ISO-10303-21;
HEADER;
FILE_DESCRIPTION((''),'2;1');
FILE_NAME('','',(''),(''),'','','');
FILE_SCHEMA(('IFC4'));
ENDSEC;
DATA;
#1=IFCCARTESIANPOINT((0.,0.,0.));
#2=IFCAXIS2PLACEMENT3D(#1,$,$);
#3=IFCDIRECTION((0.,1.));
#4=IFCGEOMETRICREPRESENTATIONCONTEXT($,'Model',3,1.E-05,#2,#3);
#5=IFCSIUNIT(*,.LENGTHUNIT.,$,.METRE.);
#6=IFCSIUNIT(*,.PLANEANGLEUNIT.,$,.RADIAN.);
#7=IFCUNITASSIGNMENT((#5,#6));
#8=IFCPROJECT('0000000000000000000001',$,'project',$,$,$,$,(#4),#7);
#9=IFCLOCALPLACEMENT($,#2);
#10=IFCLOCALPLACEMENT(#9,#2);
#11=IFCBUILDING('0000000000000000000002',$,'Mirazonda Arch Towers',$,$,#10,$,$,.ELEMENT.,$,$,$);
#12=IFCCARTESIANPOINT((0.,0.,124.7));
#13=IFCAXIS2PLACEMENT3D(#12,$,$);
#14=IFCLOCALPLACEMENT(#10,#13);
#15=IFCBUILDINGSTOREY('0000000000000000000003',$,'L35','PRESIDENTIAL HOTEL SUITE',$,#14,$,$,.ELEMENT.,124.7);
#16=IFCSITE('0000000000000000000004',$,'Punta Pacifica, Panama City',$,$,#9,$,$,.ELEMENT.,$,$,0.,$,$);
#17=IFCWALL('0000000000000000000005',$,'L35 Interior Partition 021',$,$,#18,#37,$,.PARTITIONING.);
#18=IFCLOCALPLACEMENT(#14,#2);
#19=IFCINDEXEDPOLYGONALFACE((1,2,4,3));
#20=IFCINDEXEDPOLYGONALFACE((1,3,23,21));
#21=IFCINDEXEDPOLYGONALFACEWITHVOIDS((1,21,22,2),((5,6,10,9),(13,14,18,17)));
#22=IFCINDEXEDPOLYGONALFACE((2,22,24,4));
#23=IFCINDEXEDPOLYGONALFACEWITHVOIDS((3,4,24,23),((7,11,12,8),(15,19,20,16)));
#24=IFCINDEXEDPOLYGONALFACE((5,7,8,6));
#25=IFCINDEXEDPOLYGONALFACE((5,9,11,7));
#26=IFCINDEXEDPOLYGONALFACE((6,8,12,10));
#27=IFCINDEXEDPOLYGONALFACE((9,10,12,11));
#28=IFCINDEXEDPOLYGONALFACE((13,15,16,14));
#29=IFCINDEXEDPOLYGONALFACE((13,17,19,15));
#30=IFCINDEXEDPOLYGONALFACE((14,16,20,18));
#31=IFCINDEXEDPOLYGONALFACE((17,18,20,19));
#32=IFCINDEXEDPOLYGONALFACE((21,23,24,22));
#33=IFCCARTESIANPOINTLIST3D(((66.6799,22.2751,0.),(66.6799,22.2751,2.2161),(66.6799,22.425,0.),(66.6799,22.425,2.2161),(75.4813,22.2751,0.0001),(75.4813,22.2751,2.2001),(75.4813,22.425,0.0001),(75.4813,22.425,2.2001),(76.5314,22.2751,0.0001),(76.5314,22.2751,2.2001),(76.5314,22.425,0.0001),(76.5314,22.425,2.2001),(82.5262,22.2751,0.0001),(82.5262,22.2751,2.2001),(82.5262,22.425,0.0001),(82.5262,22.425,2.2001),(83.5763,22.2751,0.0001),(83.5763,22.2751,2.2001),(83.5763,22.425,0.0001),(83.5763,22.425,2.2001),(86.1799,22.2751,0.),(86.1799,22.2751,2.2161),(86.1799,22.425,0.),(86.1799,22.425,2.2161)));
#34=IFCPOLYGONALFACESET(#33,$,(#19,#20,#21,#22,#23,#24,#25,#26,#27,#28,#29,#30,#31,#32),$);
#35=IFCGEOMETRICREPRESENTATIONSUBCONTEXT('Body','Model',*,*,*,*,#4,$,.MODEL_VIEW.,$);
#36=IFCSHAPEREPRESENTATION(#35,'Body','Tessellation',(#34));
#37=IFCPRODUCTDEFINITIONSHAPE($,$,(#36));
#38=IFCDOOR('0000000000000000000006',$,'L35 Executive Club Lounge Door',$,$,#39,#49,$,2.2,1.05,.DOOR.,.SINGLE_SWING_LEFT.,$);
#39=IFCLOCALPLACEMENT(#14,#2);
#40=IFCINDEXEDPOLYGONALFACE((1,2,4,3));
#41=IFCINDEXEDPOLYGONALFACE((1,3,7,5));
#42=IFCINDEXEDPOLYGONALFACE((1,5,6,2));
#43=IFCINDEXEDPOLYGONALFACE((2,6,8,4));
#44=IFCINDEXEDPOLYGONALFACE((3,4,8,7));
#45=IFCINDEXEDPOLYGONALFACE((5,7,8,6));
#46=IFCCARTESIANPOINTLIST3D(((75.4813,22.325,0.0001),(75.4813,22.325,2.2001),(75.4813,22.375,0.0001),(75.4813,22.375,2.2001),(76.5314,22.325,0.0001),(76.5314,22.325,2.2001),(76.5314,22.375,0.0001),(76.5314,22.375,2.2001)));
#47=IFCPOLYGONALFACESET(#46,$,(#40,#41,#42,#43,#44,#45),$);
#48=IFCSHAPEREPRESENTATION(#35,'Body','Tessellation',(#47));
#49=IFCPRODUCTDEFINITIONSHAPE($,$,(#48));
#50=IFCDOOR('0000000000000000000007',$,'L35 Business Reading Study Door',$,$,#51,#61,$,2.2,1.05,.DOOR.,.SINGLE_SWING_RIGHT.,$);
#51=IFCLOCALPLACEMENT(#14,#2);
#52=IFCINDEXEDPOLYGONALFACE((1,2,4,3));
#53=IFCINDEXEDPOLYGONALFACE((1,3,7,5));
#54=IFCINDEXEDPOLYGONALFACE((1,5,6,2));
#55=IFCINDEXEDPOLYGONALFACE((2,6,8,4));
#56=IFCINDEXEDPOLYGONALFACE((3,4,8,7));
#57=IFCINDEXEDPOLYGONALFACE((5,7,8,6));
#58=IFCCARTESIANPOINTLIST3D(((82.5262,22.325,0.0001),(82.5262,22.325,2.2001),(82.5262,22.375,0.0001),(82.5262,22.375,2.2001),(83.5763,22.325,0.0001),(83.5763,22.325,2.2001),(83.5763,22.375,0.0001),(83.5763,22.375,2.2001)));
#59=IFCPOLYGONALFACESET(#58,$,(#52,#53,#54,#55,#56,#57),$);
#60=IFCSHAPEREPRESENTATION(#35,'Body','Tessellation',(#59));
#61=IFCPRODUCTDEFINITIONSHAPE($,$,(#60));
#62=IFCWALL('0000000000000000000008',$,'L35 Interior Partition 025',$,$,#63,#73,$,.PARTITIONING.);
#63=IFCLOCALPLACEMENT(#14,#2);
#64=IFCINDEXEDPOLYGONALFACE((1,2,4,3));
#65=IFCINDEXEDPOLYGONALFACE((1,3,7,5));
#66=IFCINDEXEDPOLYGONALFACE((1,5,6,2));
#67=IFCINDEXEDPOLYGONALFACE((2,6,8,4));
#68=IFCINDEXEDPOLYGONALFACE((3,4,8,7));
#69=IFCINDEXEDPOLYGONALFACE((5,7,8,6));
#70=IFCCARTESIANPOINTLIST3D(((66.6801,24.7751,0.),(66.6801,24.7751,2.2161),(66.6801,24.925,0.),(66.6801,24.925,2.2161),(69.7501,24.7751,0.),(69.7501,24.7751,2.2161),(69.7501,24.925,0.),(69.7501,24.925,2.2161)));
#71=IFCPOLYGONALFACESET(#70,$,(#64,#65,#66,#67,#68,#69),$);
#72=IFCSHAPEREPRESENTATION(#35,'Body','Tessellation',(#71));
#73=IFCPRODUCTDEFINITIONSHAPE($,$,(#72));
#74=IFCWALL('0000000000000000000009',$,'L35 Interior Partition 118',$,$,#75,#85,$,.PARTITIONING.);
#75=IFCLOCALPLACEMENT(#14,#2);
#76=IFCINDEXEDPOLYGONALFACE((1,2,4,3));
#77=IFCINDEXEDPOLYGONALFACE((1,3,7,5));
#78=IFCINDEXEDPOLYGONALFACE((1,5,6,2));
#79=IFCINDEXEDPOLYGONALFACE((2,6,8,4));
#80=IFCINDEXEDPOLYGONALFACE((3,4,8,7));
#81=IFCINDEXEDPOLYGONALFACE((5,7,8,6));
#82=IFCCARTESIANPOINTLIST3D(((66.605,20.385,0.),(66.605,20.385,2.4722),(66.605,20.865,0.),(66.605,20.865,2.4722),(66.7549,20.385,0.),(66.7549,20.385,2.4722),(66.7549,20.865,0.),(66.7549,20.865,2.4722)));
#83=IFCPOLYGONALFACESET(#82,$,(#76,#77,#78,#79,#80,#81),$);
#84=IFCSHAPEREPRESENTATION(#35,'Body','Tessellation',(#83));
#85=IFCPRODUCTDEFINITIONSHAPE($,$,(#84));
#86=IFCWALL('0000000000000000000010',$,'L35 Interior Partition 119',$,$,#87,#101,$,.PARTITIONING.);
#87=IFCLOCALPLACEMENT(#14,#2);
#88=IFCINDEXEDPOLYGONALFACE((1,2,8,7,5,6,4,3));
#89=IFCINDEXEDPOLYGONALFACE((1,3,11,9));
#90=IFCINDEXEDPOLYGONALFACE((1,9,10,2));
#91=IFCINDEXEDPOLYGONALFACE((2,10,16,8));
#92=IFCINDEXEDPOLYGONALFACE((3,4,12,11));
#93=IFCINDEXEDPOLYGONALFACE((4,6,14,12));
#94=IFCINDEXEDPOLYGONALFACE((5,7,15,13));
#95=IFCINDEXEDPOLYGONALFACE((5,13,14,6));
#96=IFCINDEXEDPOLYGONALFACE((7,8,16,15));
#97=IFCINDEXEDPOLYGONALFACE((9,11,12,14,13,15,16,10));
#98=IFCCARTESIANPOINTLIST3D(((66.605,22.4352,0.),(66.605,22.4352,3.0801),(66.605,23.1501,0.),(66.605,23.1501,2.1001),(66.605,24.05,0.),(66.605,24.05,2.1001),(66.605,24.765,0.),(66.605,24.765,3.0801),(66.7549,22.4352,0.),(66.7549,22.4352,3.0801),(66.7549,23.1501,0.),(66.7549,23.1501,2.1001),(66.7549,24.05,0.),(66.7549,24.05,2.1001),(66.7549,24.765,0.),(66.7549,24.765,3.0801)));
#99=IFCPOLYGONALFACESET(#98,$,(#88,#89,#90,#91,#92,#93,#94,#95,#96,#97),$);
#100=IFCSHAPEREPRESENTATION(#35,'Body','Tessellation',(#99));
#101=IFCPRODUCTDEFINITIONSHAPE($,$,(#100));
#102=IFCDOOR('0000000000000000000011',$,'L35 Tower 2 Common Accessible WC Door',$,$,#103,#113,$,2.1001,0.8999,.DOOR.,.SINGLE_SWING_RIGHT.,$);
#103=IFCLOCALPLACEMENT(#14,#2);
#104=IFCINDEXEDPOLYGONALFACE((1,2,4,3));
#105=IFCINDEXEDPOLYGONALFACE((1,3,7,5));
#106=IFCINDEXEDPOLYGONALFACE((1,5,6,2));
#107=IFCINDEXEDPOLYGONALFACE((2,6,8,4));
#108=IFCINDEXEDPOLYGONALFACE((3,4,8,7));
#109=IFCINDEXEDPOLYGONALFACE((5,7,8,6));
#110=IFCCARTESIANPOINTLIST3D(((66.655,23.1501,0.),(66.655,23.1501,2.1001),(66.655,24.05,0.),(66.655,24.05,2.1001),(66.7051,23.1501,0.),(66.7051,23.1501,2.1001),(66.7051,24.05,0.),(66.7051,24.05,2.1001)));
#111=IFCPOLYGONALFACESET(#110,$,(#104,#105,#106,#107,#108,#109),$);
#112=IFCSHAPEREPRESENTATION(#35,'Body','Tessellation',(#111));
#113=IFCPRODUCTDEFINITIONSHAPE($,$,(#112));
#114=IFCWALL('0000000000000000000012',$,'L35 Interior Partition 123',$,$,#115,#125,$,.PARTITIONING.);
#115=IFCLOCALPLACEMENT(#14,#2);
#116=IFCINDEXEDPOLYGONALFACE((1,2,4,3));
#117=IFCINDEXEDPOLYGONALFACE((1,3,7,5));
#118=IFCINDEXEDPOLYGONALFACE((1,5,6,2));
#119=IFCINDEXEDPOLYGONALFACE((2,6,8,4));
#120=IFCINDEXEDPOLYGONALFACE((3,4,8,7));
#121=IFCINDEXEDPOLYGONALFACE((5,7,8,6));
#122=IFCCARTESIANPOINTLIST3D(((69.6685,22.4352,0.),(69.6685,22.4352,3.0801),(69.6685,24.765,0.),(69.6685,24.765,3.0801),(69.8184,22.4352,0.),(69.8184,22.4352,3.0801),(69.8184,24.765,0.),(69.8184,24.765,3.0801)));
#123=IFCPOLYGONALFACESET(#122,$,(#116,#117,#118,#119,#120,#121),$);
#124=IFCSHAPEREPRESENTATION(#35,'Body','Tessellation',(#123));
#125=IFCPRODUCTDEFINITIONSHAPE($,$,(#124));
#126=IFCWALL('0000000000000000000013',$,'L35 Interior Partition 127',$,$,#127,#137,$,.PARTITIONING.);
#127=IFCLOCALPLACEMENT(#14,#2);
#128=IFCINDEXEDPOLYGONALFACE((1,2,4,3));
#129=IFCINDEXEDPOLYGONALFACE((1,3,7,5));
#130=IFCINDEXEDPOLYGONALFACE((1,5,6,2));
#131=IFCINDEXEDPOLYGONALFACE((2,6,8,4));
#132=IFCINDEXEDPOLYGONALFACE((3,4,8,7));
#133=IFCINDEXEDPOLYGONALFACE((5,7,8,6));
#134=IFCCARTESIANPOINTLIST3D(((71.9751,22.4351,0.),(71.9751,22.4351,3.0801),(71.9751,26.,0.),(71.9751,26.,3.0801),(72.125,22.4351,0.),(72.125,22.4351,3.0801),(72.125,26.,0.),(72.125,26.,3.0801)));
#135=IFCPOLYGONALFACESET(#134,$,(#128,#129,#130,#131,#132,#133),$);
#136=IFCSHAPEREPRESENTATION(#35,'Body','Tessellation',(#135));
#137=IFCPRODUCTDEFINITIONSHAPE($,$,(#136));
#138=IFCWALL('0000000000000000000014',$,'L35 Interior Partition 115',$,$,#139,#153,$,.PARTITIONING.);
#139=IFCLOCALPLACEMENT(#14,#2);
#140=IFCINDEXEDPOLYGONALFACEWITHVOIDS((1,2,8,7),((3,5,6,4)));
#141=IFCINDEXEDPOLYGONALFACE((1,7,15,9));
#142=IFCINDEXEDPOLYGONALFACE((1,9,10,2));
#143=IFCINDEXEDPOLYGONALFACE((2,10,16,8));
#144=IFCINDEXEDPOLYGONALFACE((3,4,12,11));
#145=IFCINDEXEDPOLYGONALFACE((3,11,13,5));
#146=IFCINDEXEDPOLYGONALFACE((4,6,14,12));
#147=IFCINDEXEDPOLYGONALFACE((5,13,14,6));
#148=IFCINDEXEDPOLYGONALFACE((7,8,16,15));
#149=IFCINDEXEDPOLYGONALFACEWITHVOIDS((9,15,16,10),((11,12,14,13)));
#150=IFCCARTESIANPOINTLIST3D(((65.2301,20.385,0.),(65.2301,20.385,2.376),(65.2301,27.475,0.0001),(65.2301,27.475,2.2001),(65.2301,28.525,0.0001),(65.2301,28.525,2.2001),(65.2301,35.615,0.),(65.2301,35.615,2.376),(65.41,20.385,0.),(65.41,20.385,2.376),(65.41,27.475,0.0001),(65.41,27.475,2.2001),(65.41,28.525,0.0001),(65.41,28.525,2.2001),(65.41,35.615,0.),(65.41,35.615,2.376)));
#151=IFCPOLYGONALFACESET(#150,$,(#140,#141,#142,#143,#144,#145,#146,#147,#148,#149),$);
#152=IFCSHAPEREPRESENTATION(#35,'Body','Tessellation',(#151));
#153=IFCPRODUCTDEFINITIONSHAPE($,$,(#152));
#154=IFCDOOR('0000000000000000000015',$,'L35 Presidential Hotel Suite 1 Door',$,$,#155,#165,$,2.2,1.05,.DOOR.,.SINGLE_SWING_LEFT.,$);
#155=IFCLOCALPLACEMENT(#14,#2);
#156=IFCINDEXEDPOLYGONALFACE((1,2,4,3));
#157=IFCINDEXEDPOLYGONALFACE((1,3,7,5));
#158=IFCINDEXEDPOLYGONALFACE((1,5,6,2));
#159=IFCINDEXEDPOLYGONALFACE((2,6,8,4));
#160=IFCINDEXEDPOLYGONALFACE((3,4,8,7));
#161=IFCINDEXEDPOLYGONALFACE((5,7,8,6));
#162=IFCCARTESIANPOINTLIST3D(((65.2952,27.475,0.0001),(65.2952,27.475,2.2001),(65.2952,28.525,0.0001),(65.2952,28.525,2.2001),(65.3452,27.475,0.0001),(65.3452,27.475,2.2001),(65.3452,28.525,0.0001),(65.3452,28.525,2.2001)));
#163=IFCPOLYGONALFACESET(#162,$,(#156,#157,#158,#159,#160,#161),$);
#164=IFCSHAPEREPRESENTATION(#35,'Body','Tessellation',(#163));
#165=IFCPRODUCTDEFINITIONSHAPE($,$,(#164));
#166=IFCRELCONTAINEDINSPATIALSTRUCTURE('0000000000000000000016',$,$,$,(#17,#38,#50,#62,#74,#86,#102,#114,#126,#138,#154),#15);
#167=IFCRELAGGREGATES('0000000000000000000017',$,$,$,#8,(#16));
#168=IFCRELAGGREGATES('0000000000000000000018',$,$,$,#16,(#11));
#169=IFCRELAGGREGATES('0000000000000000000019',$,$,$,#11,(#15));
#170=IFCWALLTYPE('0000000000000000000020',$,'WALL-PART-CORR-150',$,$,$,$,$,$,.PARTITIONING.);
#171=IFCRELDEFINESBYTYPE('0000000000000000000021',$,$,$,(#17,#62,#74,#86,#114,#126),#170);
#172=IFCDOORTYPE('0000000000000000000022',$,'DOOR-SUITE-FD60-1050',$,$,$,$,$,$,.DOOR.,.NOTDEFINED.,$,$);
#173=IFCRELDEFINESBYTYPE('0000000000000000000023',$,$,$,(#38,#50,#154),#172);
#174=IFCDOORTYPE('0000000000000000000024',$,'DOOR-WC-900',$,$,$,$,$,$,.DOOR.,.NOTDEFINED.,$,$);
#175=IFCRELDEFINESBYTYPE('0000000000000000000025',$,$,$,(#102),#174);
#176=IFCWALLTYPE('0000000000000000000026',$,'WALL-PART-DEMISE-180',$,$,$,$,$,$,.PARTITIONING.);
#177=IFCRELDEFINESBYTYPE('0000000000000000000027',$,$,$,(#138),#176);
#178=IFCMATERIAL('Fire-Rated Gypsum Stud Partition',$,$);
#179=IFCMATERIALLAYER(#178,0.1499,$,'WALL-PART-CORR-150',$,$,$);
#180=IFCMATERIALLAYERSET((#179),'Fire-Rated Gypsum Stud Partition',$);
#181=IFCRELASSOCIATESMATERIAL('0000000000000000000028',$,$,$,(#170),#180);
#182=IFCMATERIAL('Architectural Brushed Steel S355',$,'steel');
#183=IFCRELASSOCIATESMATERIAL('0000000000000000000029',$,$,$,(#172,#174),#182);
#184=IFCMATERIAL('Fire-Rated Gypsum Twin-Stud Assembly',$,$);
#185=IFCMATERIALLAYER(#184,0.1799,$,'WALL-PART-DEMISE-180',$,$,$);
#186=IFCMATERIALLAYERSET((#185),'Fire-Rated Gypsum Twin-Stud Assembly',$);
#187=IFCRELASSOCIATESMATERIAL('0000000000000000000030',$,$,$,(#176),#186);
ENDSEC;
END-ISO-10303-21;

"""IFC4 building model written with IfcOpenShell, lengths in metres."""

from ifc_helpers import new_model, si_unit, direction, frame, frame_2d, origin, place, context, subcontext, project, spatial, rectangle, extrude, material, layer, layer_set, type_object, element, fill, save


model = new_model("IFC4")

# Units and contexts
model_context = context("Model", 3, precision=1e-05, world=origin(), true_north=direction((0.0, 1.0)))
body_context = subcontext(model_context, "Body", "Model", "MODEL_VIEW")
ifc_project = project(units=[si_unit("LENGTHUNIT", "METRE"), si_unit("PLANEANGLEUNIT", "RADIAN")], contexts=[model_context])

# Site, building, storey
site_placement = place(None, origin())
site = spatial("IfcSite", under=ifc_project, at=site_placement, Name="Punta Pacifica, Panama City", CompositionType="ELEMENT", RefElevation=0.0)
building_placement = place(site_placement, origin())
building = spatial("IfcBuilding", under=site, at=building_placement, Name="Mirazonda Arch Towers", CompositionType="ELEMENT")
storey_placement = place(building_placement, frame((0.0, 0.0, 124.7)))
storey = spatial("IfcBuildingStorey", under=building, at=storey_placement, Name="L35", Description="PRESIDENTIAL HOTEL SUITE", CompositionType="ELEMENT", Elevation=124.7)

# Shared definitions
ifc_material_1 = material(Name="Architectural Brushed Steel S355", Category="steel")

# Shared definitions
ifc_material_2 = material(Name="Fire-Rated Gypsum Stud Partition")
ifc_layer_1 = layer(ifc_material_2, 0.1499, Name="WALL-PART-CORR-150")
ifc_layer_set_1 = layer_set([ifc_layer_1], Name="Fire-Rated Gypsum Stud Partition")
wall_type_1 = type_object("IfcWallType", Name="WALL-PART-CORR-150", PredefinedType="PARTITIONING", material=ifc_layer_set_1)

# Wall, openings, doors
wall_1_placement = place(storey_placement, frame((66.6799, 22.3501, 0.0), z_axis=(0.0, 0.0, 1.0), x_axis=(1.0, 0.0, 0.0)))
wall_1 = element("IfcWall", 1, at=wall_1_placement, inside=storey, type_object=wall_type_1, Name="L35 Interior Partition 021", PredefinedType="PARTITIONING", context=body_context, shape_type="SweptSolid", body=[
    extrude(rectangle(XDim=19.5, YDim=0.1499, at=frame_2d((9.75, 0.0))), origin(), (0.0, 0.0, 1.0), 2.2161),
])
opening_1_placement = place(wall_1_placement, frame((8.8015, 0.0, 0.0)))
opening_1 = element("IfcOpeningElement", 2, at=opening_1_placement, cuts=wall_1, PredefinedType="OPENING", context=body_context, shape_type="SweptSolid", body=[
    extrude(rectangle(XDim=1.05, YDim=2.2, at=frame_2d((0.5249, 1.1001))), frame((0.0, 0.085, 0.0), z_axis=(0.0, -1.0, 0.0), x_axis=(1.0, 0.0, 0.0)), (0.0, 0.0, 1.0), 0.1699),
])
opening_2_placement = place(wall_1_placement, frame((15.8464, 0.0, 0.0)))
opening_2 = element("IfcOpeningElement", 3, at=opening_2_placement, cuts=wall_1, PredefinedType="OPENING", context=body_context, shape_type="SweptSolid", body=[
    extrude(rectangle(XDim=1.05, YDim=2.2, at=frame_2d((0.5249, 1.1001))), frame((0.0, 0.085, 0.0), z_axis=(0.0, -1.0, 0.0), x_axis=(1.0, 0.0, 0.0)), (0.0, 0.0, 1.0), 0.1699),
])
door_type_1 = type_object("IfcDoorType", Name="DOOR-SUITE-FD60-1050", OperationType="NOTDEFINED", PredefinedType="DOOR", material=ifc_material_1)
door_1_placement = place(opening_1_placement, origin())
door_1 = element("IfcDoor", 4, at=door_1_placement, inside=storey, type_object=door_type_1, Name="L35 Executive Club Lounge Door", OperationType="SINGLE_SWING_LEFT", OverallHeight=2.2, OverallWidth=1.05, PredefinedType="DOOR", context=body_context, shape_type="SweptSolid", body=[
    extrude(rectangle(XDim=1.05, YDim=2.2, at=frame_2d((0.5249, 1.1001))), frame((0.0, 0.0249, 0.0), z_axis=(0.0, -1.0, 0.0), x_axis=(1.0, 0.0, 0.0)), (0.0, 0.0, 1.0), 0.05),
])
fill(opening_1, door_1)
door_2_placement = place(opening_2_placement, origin())
door_2 = element("IfcDoor", 5, at=door_2_placement, inside=storey, type_object=door_type_1, Name="L35 Business Reading Study Door", OperationType="SINGLE_SWING_RIGHT", OverallHeight=2.2, OverallWidth=1.05, PredefinedType="DOOR", context=body_context, shape_type="SweptSolid", body=[
    extrude(rectangle(XDim=1.05, YDim=2.2, at=frame_2d((0.5249, 1.1001))), frame((0.0, 0.0249, 0.0), z_axis=(0.0, -1.0, 0.0), x_axis=(1.0, 0.0, 0.0)), (0.0, 0.0, 1.0), 0.05),
])
fill(opening_2, door_2)

# Walls
wall_2_placement = place(storey_placement, frame((66.6799, 24.8501, 0.0), z_axis=(0.0, 0.0, 1.0), x_axis=(1.0, 0.0, 0.0)))
element("IfcWall", 6, at=wall_2_placement, inside=storey, type_object=wall_type_1, Name="L35 Interior Partition 025", PredefinedType="PARTITIONING", context=body_context, shape_type="SweptSolid", body=[
    extrude(rectangle(XDim=3.0701, YDim=0.1499, at=frame_2d((1.5352, 0.0))), origin(), (0.0, 0.0, 1.0), 2.2161),
])
wall_3_placement = place(storey_placement, frame((66.6799, 20.385, 0.0), z_axis=(0.0, 0.0, 1.0), x_axis=(0.0, 1.0, 0.0)))
element("IfcWall", 7, at=wall_3_placement, inside=storey, type_object=wall_type_1, Name="L35 Interior Partition 118", PredefinedType="PARTITIONING", context=body_context, shape_type="SweptSolid", body=[
    extrude(rectangle(XDim=0.48, YDim=0.1499, at=frame_2d((0.24, 0.0))), origin(), (0.0, 0.0, 1.0), 2.4722),
])

# Wall, opening, door
wall_4_placement = place(storey_placement, frame((66.6799, 22.4351, 0.0), z_axis=(0.0, 0.0, 1.0), x_axis=(0.0, 1.0, 0.0)))
wall_4 = element("IfcWall", 8, at=wall_4_placement, inside=storey, type_object=wall_type_1, Name="L35 Interior Partition 119", PredefinedType="PARTITIONING", context=body_context, shape_type="SweptSolid", body=[
    extrude(rectangle(XDim=2.3298, YDim=0.1499, at=frame_2d((1.165, 0.0))), origin(), (0.0, 0.0, 1.0), 3.0801),
])
opening_3_placement = place(wall_4_placement, frame((0.7151, 0.0, 0.0)))
opening_3 = element("IfcOpeningElement", 9, at=opening_3_placement, cuts=wall_4, PredefinedType="OPENING", context=body_context, shape_type="SweptSolid", body=[
    extrude(rectangle(XDim=0.8999, YDim=2.1001, at=frame_2d((0.45, 1.05))), frame((0.0, 0.085, 0.0), z_axis=(0.0, -1.0, 0.0), x_axis=(1.0, 0.0, 0.0)), (0.0, 0.0, 1.0), 0.1699),
])
door_type_2 = type_object("IfcDoorType", Name="DOOR-WC-900", OperationType="NOTDEFINED", PredefinedType="DOOR", material=ifc_material_1)
door_3_placement = place(opening_3_placement, origin())
door_3 = element("IfcDoor", 10, at=door_3_placement, inside=storey, type_object=door_type_2, Name="L35 Tower 2 Common Accessible WC Door", OperationType="SINGLE_SWING_RIGHT", OverallHeight=2.1001, OverallWidth=0.8999, PredefinedType="DOOR", context=body_context, shape_type="SweptSolid", body=[
    extrude(rectangle(XDim=0.8999, YDim=2.1001, at=frame_2d((0.45, 1.05))), frame((0.0, 0.0249, 0.0), z_axis=(0.0, -1.0, 0.0), x_axis=(1.0, 0.0, 0.0)), (0.0, 0.0, 1.0), 0.05),
])
fill(opening_3, door_3)

# Walls
wall_5_placement = place(storey_placement, frame((69.7434, 22.4351, 0.0), z_axis=(0.0, 0.0, 1.0), x_axis=(0.0, 1.0, 0.0)))
element("IfcWall", 11, at=wall_5_placement, inside=storey, type_object=wall_type_1, Name="L35 Interior Partition 123", PredefinedType="PARTITIONING", context=body_context, shape_type="SweptSolid", body=[
    extrude(rectangle(XDim=2.3298, YDim=0.1499, at=frame_2d((1.165, 0.0))), origin(), (0.0, 0.0, 1.0), 3.0801),
])
wall_6_placement = place(storey_placement, frame((72.05, 22.4351, 0.0), z_axis=(0.0, 0.0, 1.0), x_axis=(0.0, 1.0, 0.0)))
element("IfcWall", 12, at=wall_6_placement, inside=storey, type_object=wall_type_1, Name="L35 Interior Partition 127", PredefinedType="PARTITIONING", context=body_context, shape_type="SweptSolid", body=[
    extrude(rectangle(XDim=3.5649, YDim=0.1499, at=frame_2d((1.7825, 0.0))), origin(), (0.0, 0.0, 1.0), 3.0801),
])

# Wall, opening, door
ifc_material_3 = material(Name="Fire-Rated Gypsum Twin-Stud Assembly")
ifc_layer_2 = layer(ifc_material_3, 0.1799, Name="WALL-PART-DEMISE-180")
ifc_layer_set_2 = layer_set([ifc_layer_2], Name="Fire-Rated Gypsum Twin-Stud Assembly")
wall_type_2 = type_object("IfcWallType", Name="WALL-PART-DEMISE-180", PredefinedType="PARTITIONING", material=ifc_layer_set_2)
wall_7_placement = place(storey_placement, frame((65.3201, 20.385, 0.0), z_axis=(0.0, 0.0, 1.0), x_axis=(0.0, 1.0, 0.0)))
wall_7 = element("IfcWall", 13, at=wall_7_placement, inside=storey, type_object=wall_type_2, Name="L35 Interior Partition 115", PredefinedType="PARTITIONING", context=body_context, shape_type="SweptSolid", body=[
    extrude(rectangle(XDim=15.23, YDim=0.1799, at=frame_2d((7.615, 0.0))), origin(), (0.0, 0.0, 1.0), 2.376),
])
opening_4_placement = place(wall_7_placement, frame((7.0901, 0.0, 0.0)))
opening_4 = element("IfcOpeningElement", 14, at=opening_4_placement, cuts=wall_7, PredefinedType="OPENING", context=body_context, shape_type="SweptSolid", body=[
    extrude(rectangle(XDim=1.05, YDim=2.2, at=frame_2d((0.5249, 1.1001))), frame((0.0, 0.0999, 0.0), z_axis=(0.0, -1.0, 0.0), x_axis=(1.0, 0.0, 0.0)), (0.0, 0.0, 1.0), 0.2),
])
door_4_placement = place(opening_4_placement, origin())
door_4 = element("IfcDoor", 15, at=door_4_placement, inside=storey, type_object=door_type_1, Name="L35 Presidential Hotel Suite 1 Door", OperationType="SINGLE_SWING_LEFT", OverallHeight=2.2, OverallWidth=1.05, PredefinedType="DOOR", context=body_context, shape_type="SweptSolid", body=[
    extrude(rectangle(XDim=1.05, YDim=2.2, at=frame_2d((0.5249, 1.1001))), frame((0.0, 0.0249, 0.0), z_axis=(0.0, -1.0, 0.0), x_axis=(1.0, 0.0, 0.0)), (0.0, 0.0, 1.0), 0.05),
])
fill(opening_4, door_4)

save(model, "model.ifc")
